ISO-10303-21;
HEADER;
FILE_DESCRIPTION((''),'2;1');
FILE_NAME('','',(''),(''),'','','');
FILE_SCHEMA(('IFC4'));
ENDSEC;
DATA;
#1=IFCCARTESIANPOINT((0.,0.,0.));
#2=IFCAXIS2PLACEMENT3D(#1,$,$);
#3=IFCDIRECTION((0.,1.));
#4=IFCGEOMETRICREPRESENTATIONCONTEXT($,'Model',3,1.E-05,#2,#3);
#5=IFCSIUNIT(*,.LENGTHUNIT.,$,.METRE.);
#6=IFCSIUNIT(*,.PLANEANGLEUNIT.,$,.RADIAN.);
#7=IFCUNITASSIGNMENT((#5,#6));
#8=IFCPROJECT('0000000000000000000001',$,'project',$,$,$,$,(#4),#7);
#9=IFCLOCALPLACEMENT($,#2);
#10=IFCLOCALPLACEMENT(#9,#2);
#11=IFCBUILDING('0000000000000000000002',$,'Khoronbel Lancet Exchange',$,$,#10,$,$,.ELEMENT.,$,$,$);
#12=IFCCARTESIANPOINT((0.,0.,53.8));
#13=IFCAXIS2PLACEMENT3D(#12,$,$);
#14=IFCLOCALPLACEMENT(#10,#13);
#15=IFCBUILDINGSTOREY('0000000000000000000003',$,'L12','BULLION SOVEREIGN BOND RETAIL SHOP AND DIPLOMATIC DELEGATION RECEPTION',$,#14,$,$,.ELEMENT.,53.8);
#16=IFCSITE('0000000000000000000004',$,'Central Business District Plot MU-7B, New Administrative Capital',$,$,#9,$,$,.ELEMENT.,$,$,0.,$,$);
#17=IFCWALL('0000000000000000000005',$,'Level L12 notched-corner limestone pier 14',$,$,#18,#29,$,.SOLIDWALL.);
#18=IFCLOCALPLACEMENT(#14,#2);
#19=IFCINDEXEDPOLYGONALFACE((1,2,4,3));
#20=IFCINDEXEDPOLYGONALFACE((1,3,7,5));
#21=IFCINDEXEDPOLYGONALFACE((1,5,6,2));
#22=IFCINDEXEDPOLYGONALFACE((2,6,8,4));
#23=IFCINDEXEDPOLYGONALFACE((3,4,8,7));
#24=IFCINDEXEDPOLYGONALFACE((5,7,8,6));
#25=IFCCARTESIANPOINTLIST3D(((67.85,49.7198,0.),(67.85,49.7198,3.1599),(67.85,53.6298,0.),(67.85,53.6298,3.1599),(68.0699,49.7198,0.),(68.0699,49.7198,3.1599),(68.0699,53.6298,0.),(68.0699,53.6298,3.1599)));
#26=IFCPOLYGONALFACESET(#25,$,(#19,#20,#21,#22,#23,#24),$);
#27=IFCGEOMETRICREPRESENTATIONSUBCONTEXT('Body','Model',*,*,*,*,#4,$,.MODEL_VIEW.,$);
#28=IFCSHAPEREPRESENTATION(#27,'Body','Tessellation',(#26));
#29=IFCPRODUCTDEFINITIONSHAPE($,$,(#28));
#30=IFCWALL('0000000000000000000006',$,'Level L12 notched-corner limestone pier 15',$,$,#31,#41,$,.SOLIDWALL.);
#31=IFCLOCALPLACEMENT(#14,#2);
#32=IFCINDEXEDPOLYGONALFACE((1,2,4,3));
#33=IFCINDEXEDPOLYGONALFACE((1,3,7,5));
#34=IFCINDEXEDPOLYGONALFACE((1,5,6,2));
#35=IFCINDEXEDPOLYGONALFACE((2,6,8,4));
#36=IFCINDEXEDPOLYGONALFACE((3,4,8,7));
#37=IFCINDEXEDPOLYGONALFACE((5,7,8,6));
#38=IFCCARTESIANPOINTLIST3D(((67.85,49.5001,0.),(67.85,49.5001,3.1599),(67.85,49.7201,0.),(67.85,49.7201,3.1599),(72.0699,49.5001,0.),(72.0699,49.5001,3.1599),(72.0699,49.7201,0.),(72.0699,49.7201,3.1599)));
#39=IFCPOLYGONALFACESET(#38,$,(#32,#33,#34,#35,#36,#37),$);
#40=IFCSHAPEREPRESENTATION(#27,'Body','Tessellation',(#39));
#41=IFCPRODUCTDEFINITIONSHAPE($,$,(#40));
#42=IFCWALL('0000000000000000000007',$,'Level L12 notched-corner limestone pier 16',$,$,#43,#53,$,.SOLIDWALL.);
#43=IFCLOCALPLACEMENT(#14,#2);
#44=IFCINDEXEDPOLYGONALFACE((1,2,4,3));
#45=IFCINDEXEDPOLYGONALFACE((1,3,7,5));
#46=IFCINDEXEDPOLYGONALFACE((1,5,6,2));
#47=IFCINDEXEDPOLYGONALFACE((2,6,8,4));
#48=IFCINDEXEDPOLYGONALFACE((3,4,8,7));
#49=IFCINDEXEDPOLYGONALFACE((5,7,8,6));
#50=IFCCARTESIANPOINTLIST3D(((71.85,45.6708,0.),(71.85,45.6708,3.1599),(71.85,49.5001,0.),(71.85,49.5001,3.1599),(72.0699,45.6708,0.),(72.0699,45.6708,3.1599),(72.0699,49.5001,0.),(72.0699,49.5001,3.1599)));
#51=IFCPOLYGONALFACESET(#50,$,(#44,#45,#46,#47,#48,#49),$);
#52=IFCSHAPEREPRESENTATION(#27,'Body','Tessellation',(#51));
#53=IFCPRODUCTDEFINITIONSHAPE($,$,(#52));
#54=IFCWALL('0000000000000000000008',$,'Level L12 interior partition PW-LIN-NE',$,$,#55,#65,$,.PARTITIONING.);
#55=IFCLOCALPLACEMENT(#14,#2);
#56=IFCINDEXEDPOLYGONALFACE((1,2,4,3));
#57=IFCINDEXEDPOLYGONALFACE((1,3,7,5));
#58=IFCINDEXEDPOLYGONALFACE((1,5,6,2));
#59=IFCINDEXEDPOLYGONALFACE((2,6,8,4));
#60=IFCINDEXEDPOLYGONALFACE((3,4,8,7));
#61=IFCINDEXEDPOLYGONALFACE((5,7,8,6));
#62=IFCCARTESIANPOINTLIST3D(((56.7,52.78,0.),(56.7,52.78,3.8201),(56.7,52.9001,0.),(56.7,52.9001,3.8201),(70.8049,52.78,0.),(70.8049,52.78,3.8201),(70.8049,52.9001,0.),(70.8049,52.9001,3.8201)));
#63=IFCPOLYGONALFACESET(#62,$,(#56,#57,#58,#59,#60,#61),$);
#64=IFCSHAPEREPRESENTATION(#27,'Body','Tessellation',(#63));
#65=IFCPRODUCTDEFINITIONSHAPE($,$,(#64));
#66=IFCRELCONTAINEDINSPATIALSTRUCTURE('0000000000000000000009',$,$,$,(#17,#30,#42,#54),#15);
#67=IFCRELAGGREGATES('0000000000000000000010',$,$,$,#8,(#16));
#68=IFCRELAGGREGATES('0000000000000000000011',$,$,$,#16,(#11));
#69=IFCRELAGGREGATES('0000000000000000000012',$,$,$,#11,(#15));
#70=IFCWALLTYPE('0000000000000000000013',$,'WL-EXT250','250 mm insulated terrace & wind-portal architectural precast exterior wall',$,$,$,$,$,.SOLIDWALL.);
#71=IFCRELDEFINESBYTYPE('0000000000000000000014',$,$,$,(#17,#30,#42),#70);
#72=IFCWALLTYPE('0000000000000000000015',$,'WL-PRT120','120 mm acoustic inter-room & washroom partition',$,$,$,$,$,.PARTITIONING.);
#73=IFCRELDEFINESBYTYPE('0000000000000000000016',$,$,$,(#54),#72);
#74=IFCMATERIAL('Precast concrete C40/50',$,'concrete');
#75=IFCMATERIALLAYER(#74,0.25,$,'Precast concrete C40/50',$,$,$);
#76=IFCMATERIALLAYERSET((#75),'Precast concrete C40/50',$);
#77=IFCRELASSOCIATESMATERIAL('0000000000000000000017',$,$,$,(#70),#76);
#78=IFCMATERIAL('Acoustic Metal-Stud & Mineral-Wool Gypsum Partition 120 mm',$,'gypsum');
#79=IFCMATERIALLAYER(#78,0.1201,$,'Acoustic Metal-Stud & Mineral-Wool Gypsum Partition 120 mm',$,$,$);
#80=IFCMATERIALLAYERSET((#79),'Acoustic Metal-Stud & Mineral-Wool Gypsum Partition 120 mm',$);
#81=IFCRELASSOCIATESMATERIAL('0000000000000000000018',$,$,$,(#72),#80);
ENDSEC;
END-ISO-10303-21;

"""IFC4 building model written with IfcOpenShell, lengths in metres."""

from ifc_helpers import new_model, si_unit, direction, frame, frame_2d, origin, place, context, subcontext, project, spatial, rectangle, extrude, material, layer, layer_set, type_object, element, save


model = new_model("IFC4")

# Units and contexts
model_context = context("Model", 3, precision=1e-05, world=origin(), true_north=direction((0.0, 1.0)))
body_context = subcontext(model_context, "Body", "Model", "MODEL_VIEW")
ifc_project = project(units=[si_unit("LENGTHUNIT", "METRE"), si_unit("PLANEANGLEUNIT", "RADIAN")], contexts=[model_context])

# Site, building, storey
site_placement = place(None, origin())
site = spatial("IfcSite", under=ifc_project, at=site_placement, Name="Central Business District Plot MU-7B, New Administrative Capital", CompositionType="ELEMENT", RefElevation=0.0)
building_placement = place(site_placement, origin())
building = spatial("IfcBuilding", under=site, at=building_placement, Name="Khoronbel Lancet Exchange", CompositionType="ELEMENT")
storey_placement = place(building_placement, frame((0.0, 0.0, 53.8)))
storey = spatial("IfcBuildingStorey", under=building, at=storey_placement, Name="L12", Description="BULLION SOVEREIGN BOND RETAIL SHOP AND DIPLOMATIC DELEGATION RECEPTION", CompositionType="ELEMENT", Elevation=53.8)

# Walls
ifc_material_1 = material(Name="Precast concrete C40/50", Category="concrete")
ifc_layer_1 = layer(ifc_material_1, 0.25, Name="Precast concrete C40/50")
ifc_layer_set_1 = layer_set([ifc_layer_1], Name="Precast concrete C40/50")
wall_type_1 = type_object("IfcWallType", Name="WL-EXT250", Description="250 mm insulated terrace & wind-portal architectural precast exterior wall", PredefinedType="SOLIDWALL", material=ifc_layer_set_1)
wall_1_placement = place(storey_placement, frame((67.96, 53.6299, 0.0), z_axis=(0.0, 0.0, 1.0), x_axis=(0.0, -1.0, 0.0)))
element("IfcWall", 1, at=wall_1_placement, inside=storey, type_object=wall_type_1, Name="Level L12 notched-corner limestone pier 14", PredefinedType="SOLIDWALL", context=body_context, shape_type="SweptSolid", body=[
    extrude(rectangle(XDim=3.9099, YDim=0.22, at=frame_2d((1.9551, 0.0))), origin(), (0.0, 0.0, 1.0), 3.1599),
])
wall_2_placement = place(storey_placement, frame((67.8501, 49.6101, 0.0), z_axis=(0.0, 0.0, 1.0), x_axis=(1.0, 0.0, 0.0)))
element("IfcWall", 2, at=wall_2_placement, inside=storey, type_object=wall_type_1, Name="Level L12 notched-corner limestone pier 15", PredefinedType="SOLIDWALL", context=body_context, shape_type="SweptSolid", body=[
    extrude(rectangle(XDim=4.22, YDim=0.22, at=frame_2d((2.1099, 0.0))), origin(), (0.0, 0.0, 1.0), 3.1599),
])
wall_3_placement = place(storey_placement, frame((71.96, 49.5, 0.0), z_axis=(0.0, 0.0, 1.0), x_axis=(0.0, -1.0, 0.0)))
element("IfcWall", 3, at=wall_3_placement, inside=storey, type_object=wall_type_1, Name="Level L12 notched-corner limestone pier 16", PredefinedType="SOLIDWALL", context=body_context, shape_type="SweptSolid", body=[
    extrude(rectangle(XDim=3.8293, YDim=0.22, at=frame_2d((1.9146, 0.0))), origin(), (0.0, 0.0, 1.0), 3.1599),
])
ifc_material_2 = material(Name="Acoustic Metal-Stud & Mineral-Wool Gypsum Partition 120 mm", Category="gypsum")
ifc_layer_2 = layer(ifc_material_2, 0.1201, Name="Acoustic Metal-Stud & Mineral-Wool Gypsum Partition 120 mm")
ifc_layer_set_2 = layer_set([ifc_layer_2], Name="Acoustic Metal-Stud & Mineral-Wool Gypsum Partition 120 mm")
wall_type_2 = type_object("IfcWallType", Name="WL-PRT120", Description="120 mm acoustic inter-room & washroom partition", PredefinedType="PARTITIONING", material=ifc_layer_set_2)
wall_4_placement = place(storey_placement, frame((56.7, 52.8401, 0.0), z_axis=(0.0, 0.0, 1.0), x_axis=(1.0, 0.0, 0.0)))
element("IfcWall", 4, at=wall_4_placement, inside=storey, type_object=wall_type_2, Name="Level L12 interior partition PW-LIN-NE", PredefinedType="PARTITIONING", context=body_context, shape_type="SweptSolid", body=[
    extrude(rectangle(XDim=14.105, YDim=0.1201, at=frame_2d((7.0525, 0.0))), origin(), (0.0, 0.0, 1.0), 3.8201),
])

save(model, "model.ifc")
